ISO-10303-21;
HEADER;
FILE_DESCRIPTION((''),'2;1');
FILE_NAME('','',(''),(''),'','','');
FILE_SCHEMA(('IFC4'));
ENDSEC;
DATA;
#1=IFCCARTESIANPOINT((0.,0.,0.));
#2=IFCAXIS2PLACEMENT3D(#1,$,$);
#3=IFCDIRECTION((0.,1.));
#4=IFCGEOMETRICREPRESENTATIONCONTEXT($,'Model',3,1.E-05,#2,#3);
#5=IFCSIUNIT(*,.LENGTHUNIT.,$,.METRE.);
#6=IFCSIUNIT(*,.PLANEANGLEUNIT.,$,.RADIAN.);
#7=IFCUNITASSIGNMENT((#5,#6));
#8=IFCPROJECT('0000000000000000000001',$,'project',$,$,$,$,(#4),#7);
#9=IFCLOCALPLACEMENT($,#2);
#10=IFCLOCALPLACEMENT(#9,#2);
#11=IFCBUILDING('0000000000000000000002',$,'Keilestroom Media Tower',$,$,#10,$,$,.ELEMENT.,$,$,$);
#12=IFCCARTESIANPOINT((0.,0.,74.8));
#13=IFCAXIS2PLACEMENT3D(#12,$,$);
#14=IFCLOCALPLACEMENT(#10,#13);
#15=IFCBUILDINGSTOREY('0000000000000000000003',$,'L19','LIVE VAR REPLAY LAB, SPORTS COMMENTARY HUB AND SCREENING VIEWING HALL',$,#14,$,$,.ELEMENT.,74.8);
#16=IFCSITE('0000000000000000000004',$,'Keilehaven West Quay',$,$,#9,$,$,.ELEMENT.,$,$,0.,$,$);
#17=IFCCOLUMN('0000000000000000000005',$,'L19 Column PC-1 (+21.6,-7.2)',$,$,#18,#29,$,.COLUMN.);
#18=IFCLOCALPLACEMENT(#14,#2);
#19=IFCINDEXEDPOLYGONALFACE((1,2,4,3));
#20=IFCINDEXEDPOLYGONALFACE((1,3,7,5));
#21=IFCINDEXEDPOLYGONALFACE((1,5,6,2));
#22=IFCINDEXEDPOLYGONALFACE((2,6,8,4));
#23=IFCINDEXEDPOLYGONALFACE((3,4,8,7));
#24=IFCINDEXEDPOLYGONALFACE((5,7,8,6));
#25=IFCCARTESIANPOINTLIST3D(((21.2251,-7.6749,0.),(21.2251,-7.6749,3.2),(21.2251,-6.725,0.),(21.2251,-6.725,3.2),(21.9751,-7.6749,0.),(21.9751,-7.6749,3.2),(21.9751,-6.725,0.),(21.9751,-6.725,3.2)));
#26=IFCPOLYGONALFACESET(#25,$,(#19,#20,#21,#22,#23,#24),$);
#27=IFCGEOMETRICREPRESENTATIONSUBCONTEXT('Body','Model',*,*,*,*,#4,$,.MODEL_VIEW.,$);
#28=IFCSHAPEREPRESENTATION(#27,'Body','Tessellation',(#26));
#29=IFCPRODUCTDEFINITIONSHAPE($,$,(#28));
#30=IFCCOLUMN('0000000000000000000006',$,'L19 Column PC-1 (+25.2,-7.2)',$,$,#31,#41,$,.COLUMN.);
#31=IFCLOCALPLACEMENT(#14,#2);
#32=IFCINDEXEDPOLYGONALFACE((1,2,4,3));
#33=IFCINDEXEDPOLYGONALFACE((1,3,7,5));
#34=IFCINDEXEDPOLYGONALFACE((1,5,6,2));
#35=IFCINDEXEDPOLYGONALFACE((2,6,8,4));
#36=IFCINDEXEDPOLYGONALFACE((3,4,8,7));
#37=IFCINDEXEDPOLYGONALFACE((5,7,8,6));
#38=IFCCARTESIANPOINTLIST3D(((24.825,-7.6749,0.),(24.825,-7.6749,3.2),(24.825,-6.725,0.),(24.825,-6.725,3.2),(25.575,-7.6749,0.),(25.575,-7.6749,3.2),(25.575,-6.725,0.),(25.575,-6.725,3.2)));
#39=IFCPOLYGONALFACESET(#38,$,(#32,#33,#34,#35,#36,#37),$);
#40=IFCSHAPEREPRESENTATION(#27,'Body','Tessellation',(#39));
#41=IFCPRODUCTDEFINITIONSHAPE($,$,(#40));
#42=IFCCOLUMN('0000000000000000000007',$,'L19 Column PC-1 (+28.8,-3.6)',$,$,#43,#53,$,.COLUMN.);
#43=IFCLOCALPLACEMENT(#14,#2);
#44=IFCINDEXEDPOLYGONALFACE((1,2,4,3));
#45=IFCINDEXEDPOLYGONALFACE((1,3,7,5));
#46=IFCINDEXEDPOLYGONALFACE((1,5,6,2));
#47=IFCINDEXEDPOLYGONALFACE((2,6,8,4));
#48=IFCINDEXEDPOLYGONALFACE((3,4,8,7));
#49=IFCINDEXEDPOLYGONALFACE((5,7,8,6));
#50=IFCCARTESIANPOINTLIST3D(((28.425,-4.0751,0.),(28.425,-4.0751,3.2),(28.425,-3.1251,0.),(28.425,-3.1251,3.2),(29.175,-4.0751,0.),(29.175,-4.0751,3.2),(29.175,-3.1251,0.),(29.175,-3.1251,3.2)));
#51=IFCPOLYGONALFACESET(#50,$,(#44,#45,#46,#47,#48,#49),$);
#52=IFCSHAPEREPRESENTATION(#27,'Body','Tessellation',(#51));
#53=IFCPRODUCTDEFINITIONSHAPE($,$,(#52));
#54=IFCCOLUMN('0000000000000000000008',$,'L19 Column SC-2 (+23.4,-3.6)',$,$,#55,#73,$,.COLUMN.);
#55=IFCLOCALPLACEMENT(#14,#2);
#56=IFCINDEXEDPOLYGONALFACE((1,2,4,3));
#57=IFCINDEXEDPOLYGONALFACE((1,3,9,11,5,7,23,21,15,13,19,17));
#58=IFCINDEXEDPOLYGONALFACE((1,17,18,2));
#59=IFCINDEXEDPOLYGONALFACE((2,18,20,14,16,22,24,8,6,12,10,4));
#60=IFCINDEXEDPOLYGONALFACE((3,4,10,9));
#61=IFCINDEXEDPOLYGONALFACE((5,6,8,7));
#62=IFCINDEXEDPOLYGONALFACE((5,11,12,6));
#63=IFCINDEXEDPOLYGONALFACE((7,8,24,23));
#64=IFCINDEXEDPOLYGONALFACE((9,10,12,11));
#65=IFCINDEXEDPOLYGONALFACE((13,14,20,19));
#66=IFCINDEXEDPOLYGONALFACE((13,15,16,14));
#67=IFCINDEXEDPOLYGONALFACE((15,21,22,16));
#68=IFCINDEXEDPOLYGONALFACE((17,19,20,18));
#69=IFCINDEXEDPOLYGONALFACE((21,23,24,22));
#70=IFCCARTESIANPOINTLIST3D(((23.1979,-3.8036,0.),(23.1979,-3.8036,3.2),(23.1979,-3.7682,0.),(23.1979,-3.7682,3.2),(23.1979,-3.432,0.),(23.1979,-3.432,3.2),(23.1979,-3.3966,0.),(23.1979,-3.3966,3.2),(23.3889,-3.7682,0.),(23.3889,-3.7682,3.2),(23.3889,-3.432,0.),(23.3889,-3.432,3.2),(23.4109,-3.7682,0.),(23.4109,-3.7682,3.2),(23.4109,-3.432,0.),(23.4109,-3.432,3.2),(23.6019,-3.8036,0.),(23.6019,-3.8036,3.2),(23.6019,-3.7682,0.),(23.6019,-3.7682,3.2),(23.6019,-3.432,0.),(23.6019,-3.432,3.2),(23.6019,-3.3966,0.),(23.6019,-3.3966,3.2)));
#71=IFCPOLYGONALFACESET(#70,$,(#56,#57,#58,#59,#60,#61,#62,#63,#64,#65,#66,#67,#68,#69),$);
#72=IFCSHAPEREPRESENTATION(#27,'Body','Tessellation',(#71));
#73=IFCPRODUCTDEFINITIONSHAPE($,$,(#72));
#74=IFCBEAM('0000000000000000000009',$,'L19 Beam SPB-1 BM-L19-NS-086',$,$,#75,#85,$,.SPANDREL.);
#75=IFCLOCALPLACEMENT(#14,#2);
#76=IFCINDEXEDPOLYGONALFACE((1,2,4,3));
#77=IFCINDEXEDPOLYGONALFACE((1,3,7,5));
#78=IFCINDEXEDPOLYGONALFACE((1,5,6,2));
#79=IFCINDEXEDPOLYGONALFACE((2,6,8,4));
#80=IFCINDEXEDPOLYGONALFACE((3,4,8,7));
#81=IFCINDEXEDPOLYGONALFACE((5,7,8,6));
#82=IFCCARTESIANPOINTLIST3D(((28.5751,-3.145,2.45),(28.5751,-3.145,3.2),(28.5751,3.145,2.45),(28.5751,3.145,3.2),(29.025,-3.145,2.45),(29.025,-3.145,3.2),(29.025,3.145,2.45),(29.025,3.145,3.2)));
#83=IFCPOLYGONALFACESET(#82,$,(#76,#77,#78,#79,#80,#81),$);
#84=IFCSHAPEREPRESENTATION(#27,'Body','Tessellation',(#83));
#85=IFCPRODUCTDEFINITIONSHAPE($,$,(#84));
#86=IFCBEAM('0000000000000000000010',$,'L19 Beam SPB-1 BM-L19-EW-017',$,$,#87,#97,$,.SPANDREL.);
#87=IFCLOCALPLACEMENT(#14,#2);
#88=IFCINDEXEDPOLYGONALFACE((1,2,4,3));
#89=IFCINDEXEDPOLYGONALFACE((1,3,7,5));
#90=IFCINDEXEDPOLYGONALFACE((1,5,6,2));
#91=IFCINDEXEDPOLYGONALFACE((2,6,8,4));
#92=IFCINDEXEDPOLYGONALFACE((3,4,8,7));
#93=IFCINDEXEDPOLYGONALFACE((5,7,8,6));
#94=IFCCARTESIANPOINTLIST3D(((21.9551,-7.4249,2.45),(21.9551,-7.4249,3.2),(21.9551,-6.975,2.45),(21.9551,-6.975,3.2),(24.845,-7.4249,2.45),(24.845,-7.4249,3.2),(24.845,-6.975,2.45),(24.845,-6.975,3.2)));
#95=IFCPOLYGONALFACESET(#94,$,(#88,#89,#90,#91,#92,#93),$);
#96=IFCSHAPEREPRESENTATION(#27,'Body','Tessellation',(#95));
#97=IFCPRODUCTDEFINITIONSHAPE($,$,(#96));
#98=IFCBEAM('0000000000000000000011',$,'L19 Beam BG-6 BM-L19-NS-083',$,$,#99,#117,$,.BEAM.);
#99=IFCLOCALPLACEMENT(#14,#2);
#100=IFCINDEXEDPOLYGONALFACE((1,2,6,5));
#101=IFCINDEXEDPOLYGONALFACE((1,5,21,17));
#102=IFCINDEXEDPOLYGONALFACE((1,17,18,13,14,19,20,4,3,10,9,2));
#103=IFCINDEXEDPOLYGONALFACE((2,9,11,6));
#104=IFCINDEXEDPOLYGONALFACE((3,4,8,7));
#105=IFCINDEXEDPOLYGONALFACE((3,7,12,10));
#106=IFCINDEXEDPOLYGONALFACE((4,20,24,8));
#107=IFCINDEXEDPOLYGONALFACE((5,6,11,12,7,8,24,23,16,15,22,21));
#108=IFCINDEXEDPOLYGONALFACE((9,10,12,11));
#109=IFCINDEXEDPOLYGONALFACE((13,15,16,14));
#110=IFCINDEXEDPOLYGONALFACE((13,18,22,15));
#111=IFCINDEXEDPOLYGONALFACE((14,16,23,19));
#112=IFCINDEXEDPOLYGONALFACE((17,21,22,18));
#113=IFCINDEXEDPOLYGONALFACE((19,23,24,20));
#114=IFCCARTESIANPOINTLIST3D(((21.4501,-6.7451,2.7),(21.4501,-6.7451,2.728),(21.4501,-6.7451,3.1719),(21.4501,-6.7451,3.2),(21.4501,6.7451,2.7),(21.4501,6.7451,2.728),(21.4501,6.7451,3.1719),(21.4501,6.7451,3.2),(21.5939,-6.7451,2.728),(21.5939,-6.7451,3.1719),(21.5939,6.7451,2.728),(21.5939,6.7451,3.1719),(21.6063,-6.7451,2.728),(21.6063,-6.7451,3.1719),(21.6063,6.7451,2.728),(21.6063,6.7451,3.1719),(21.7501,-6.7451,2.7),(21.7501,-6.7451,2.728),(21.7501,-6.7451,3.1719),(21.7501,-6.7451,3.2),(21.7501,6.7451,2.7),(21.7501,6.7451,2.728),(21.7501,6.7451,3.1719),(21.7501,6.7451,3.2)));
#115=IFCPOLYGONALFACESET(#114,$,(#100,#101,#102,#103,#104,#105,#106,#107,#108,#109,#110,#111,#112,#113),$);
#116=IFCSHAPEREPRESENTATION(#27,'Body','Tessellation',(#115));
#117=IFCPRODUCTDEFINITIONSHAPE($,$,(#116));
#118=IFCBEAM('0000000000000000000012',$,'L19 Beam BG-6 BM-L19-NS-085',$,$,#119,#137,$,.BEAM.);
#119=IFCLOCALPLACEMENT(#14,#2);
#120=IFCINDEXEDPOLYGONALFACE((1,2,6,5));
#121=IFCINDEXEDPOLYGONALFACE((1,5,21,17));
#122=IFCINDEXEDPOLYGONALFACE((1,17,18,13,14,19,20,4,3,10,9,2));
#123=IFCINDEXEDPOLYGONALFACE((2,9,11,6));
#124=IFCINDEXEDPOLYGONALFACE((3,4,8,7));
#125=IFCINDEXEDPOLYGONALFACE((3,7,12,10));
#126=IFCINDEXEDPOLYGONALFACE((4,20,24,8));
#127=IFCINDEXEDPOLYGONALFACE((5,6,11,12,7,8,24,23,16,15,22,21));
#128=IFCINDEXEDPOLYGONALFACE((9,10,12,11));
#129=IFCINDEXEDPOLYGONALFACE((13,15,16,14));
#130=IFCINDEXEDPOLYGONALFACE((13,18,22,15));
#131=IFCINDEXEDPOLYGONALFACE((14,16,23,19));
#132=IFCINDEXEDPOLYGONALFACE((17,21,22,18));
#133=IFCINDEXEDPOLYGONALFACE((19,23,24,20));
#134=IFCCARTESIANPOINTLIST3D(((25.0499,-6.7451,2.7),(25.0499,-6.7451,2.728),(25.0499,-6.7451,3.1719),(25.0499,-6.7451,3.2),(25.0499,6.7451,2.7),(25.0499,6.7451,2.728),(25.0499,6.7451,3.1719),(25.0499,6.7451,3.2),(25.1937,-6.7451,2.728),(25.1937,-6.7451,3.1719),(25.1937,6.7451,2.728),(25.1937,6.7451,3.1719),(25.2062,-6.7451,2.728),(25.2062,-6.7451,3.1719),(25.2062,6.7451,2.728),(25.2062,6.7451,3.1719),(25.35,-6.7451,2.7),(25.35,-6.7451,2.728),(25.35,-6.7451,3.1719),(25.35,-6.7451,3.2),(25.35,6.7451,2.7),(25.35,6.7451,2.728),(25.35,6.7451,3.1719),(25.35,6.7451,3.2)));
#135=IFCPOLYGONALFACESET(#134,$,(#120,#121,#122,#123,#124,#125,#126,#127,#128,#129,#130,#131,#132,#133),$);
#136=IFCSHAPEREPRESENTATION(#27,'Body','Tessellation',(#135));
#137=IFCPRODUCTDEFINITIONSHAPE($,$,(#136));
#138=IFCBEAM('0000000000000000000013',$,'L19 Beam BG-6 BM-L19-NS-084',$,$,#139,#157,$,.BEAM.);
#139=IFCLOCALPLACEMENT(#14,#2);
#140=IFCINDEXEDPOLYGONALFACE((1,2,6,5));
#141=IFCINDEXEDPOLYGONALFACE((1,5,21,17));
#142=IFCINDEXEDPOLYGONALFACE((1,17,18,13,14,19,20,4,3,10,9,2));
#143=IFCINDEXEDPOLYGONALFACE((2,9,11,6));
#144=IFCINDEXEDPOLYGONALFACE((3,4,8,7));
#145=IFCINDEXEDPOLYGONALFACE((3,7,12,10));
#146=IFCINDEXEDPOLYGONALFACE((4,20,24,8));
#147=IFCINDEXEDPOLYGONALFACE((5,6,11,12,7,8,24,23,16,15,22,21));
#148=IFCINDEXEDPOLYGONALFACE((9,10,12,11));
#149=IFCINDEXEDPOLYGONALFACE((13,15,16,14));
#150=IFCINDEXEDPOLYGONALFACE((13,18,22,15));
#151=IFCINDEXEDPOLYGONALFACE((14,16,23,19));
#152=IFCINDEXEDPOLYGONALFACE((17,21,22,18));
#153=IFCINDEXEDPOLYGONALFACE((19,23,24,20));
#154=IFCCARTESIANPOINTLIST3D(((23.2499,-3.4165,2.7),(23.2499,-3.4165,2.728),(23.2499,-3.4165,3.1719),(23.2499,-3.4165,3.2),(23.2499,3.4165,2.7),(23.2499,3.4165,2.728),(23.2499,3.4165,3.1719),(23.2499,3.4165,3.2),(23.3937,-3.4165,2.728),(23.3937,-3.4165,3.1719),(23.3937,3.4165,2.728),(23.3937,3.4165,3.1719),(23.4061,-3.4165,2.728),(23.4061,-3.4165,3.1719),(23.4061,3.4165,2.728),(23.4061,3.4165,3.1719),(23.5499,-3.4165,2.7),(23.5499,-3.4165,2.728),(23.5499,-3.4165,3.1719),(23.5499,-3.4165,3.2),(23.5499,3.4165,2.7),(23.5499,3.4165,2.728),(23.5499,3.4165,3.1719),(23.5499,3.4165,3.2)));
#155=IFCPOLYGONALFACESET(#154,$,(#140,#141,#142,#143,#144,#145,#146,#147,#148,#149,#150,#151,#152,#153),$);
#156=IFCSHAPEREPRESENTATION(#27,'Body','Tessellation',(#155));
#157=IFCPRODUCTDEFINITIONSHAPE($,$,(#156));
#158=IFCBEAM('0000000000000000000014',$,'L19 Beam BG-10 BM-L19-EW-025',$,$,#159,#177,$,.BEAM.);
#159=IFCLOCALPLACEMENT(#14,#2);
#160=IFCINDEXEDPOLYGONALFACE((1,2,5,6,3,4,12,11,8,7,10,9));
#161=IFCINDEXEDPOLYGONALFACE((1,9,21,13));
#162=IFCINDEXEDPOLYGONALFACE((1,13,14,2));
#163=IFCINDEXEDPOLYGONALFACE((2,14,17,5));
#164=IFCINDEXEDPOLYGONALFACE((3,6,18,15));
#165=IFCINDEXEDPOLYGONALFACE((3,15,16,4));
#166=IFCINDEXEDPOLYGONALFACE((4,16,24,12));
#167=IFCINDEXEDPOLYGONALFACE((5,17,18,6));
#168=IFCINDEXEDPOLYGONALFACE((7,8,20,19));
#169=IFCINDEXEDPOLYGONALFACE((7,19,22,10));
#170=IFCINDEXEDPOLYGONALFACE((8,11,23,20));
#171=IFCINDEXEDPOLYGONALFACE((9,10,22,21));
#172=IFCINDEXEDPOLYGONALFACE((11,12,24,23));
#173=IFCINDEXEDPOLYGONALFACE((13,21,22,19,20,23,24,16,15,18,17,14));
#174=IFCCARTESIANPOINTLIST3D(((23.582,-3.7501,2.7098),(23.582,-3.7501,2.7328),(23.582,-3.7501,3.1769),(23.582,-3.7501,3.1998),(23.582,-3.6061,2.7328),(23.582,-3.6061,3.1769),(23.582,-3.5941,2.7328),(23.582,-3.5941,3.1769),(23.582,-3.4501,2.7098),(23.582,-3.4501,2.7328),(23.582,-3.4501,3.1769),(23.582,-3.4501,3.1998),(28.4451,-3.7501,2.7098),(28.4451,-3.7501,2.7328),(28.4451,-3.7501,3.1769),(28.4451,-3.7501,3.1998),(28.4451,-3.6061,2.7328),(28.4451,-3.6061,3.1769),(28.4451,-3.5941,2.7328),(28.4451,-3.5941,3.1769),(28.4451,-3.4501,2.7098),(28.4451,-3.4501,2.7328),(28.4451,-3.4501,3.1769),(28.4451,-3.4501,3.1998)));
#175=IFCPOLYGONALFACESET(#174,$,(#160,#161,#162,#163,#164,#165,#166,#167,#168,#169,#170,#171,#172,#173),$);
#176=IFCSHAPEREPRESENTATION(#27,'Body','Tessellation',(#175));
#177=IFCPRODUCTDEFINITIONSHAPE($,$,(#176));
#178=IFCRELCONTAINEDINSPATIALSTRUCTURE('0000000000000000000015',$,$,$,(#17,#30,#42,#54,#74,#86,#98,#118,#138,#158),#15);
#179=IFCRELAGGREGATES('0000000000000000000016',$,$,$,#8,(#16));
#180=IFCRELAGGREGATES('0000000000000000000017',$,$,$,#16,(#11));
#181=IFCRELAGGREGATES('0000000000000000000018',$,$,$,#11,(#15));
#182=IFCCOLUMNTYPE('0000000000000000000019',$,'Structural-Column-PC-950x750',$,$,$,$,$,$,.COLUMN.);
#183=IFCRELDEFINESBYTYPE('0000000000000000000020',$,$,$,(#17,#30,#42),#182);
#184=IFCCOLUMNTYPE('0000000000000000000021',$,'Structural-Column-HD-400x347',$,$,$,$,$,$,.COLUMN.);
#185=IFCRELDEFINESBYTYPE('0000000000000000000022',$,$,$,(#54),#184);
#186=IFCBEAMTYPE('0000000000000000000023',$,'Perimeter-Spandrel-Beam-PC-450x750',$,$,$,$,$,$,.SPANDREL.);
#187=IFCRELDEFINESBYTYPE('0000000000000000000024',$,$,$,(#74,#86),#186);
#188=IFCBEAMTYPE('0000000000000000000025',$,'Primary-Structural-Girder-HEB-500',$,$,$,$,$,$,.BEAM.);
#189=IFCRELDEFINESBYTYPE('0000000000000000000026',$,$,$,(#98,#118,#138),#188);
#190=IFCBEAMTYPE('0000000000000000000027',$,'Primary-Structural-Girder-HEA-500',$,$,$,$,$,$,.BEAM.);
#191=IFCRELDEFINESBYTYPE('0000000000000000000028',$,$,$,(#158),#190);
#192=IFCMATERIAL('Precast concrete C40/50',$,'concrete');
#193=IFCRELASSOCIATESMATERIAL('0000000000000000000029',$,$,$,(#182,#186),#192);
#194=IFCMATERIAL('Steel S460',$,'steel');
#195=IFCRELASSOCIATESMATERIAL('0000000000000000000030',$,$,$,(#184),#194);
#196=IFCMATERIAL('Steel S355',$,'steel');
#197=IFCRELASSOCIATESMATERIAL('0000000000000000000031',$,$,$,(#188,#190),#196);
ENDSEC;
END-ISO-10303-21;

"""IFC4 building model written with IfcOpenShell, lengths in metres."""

from ifc_helpers import new_model, si_unit, direction, frame, origin, origin_2d, place, context, subcontext, project, spatial, rectangle, i_section, extrude, source, transform, mapped, material, material_profile, profile_set, type_object, element, save


model = new_model("IFC4")

# Units and contexts
model_context = context("Model", 3, precision=1e-05, world=origin(), true_north=direction((0.0, 1.0)))
body_context = subcontext(model_context, "Body", "Model", "MODEL_VIEW")
ifc_project = project(units=[si_unit("LENGTHUNIT", "METRE"), si_unit("PLANEANGLEUNIT", "RADIAN")], contexts=[model_context])

# Site, building, storey
site_placement = place(None, origin())
site = spatial("IfcSite", under=ifc_project, at=site_placement, Name="Keilehaven West Quay", CompositionType="ELEMENT", RefElevation=0.0)
building_placement = place(site_placement, origin())
building = spatial("IfcBuilding", under=site, at=building_placement, Name="Keilestroom Media Tower", CompositionType="ELEMENT")
storey_placement = place(building_placement, frame((0.0, 0.0, 74.8)))
storey = spatial("IfcBuildingStorey", under=building, at=storey_placement, Name="L19", Description="LIVE VAR REPLAY LAB, SPORTS COMMENTARY HUB AND SCREENING VIEWING HALL", CompositionType="ELEMENT", Elevation=74.8)

# Columns
ifc_material_1 = material(Name="Precast concrete C40/50", Category="concrete")
ifc_material_profile_1 = material_profile(ifc_material_1, rectangle(XDim=0.75, YDim=0.95, at=origin_2d()), Name="PC 950x750")
ifc_profile_set_1 = profile_set([ifc_material_profile_1], Name="Precast concrete C40/50")
column_type_1 = type_object("IfcColumnType", Name="Structural-Column-PC-950x750", PredefinedType="COLUMN", material=ifc_profile_set_1)
shared_shape_1 = source(origin(), body_context, "Body", "SweptSolid", [
    extrude(rectangle(XDim=0.75, YDim=0.95, at=origin_2d()), origin(), (0.0, 0.0, 1.0), 3.2),
])
for number, where, z_axis, x_axis, name in (
    (1, (21.6001, -7.2, 0.0), (0.0, 0.0, 1.0), (1.0, 0.0, 0.0), "L19 Column PC-1 (+21.6,-7.2)"),
    (2, (25.2, -7.2, 0.0), (0.0, 0.0, 1.0), (1.0, 0.0, 0.0), "L19 Column PC-1 (+25.2,-7.2)"),
    (3, (28.8, -3.6001, 0.0), (0.0, 0.0, 1.0), (1.0, 0.0, 0.0), "L19 Column PC-1 (+28.8,-3.6)"),
):
    element("IfcColumn", number, at=place(storey_placement, frame(where, z_axis=z_axis, x_axis=x_axis)), inside=storey, type_object=column_type_1, Name=name, PredefinedType="COLUMN", context=body_context, shape_type="MappedRepresentation", body=[
        mapped(shared_shape_1, transform((0.0, 0.0, 0.0), x_axis=(1.0, 0.0, 0.0), y_axis=(0.0, 1.0, 0.0), z_axis=(0.0, 0.0, 1.0), scale=1.0)),
    ])
ifc_material_2 = material(Name="Steel S460", Category="steel")
ifc_material_profile_2 = material_profile(ifc_material_2, i_section(OverallWidth=0.4041, OverallDepth=0.407, WebThickness=0.022, FlangeThickness=0.0354, at=origin_2d()), Name="HD 400x347")
ifc_profile_set_2 = profile_set([ifc_material_profile_2], Name="Steel S460")
column_type_2 = type_object("IfcColumnType", Name="Structural-Column-HD-400x347", PredefinedType="COLUMN", material=ifc_profile_set_2)
shared_shape_2 = source(origin(), body_context, "Body", "SweptSolid", [
    extrude(i_section(OverallWidth=0.4041, OverallDepth=0.407, WebThickness=0.022, FlangeThickness=0.0354, at=origin_2d()), origin(), (0.0, 0.0, 1.0), 3.2),
])
column_placement = place(storey_placement, frame((23.3999, -3.6001, 0.0), z_axis=(0.0, 0.0, 1.0), x_axis=(1.0, 0.0, 0.0)))
element("IfcColumn", 4, at=column_placement, inside=storey, type_object=column_type_2, Name="L19 Column SC-2 (+23.4,-3.6)", PredefinedType="COLUMN", context=body_context, shape_type="MappedRepresentation", body=[
    mapped(shared_shape_2, transform((0.0, 0.0, 0.0), x_axis=(1.0, 0.0, 0.0), y_axis=(0.0, 1.0, 0.0), z_axis=(0.0, 0.0, 1.0), scale=1.0)),
])

# Beams
ifc_material_profile_3 = material_profile(ifc_material_1, rectangle(XDim=0.45, YDim=0.75, at=origin_2d()), Name="PC 450x750")
ifc_profile_set_3 = profile_set([ifc_material_profile_3], Name="Precast concrete C40/50")
beam_type_1 = type_object("IfcBeamType", Name="Perimeter-Spandrel-Beam-PC-450x750", PredefinedType="SPANDREL", material=ifc_profile_set_3)
shared_shape_3 = source(origin(), body_context, "Body", "SweptSolid", [
    extrude(rectangle(XDim=0.45, YDim=0.75, at=origin_2d()), origin(), (0.0, 0.0, 1.0), 6.29),
])
beam_1_placement = place(storey_placement, frame((28.8, -3.145, 2.825), z_axis=(0.0, 1.0, 0.0), x_axis=(-1.0, 0.0, 0.0)))
element("IfcBeam", 5, at=beam_1_placement, inside=storey, type_object=beam_type_1, Name="L19 Beam SPB-1 BM-L19-NS-086", PredefinedType="SPANDREL", context=body_context, shape_type="MappedRepresentation", body=[
    mapped(shared_shape_3, transform((0.0, 0.0, 0.0), x_axis=(1.0, 0.0, 0.0), y_axis=(0.0, 1.0, 0.0), z_axis=(0.0, 0.0, 1.0), scale=1.0)),
])
shared_shape_4 = source(origin(), body_context, "Body", "SweptSolid", [
    extrude(rectangle(XDim=0.45, YDim=0.75, at=origin_2d()), origin(), (0.0, 0.0, 1.0), 2.8899),
])
beam_2_placement = place(storey_placement, frame((21.9551, -7.2, 2.825), z_axis=(1.0, 0.0, 0.0), x_axis=(0.0, 1.0, 0.0)))
element("IfcBeam", 6, at=beam_2_placement, inside=storey, type_object=beam_type_1, Name="L19 Beam SPB-1 BM-L19-EW-017", PredefinedType="SPANDREL", context=body_context, shape_type="MappedRepresentation", body=[
    mapped(shared_shape_4, transform((0.0, 0.0, 0.0), x_axis=(1.0, 0.0, 0.0), y_axis=(0.0, 1.0, 0.0), z_axis=(0.0, 0.0, 1.0), scale=1.0)),
])
ifc_material_3 = material(Name="Steel S355", Category="steel")
ifc_material_profile_4 = material_profile(ifc_material_3, i_section(OverallWidth=0.3, OverallDepth=0.5, WebThickness=0.0125, FlangeThickness=0.0281, at=origin_2d()), Name="HEB 500")
ifc_profile_set_4 = profile_set([ifc_material_profile_4], Name="Steel S355")
beam_type_2 = type_object("IfcBeamType", Name="Primary-Structural-Girder-HEB-500", PredefinedType="BEAM", material=ifc_profile_set_4)
shared_shape_5 = source(origin(), body_context, "Body", "SweptSolid", [
    extrude(i_section(OverallWidth=0.3, OverallDepth=0.5, WebThickness=0.0125, FlangeThickness=0.0281, at=origin_2d()), origin(), (0.0, 0.0, 1.0), 13.4902),
])
for number, where, z_axis, x_axis, name in (
    (7, (21.6001, -6.7451, 2.95), (0.0, 1.0, 0.0), (-1.0, 0.0, 0.0), "L19 Beam BG-6 BM-L19-NS-083"),
    (8, (25.2, -6.7451, 2.95), (0.0, 1.0, 0.0), (-1.0, 0.0, 0.0), "L19 Beam BG-6 BM-L19-NS-085"),
):
    element("IfcBeam", number, at=place(storey_placement, frame(where, z_axis=z_axis, x_axis=x_axis)), inside=storey, type_object=beam_type_2, Name=name, PredefinedType="BEAM", context=body_context, shape_type="MappedRepresentation", body=[
        mapped(shared_shape_5, transform((0.0, 0.0, 0.0), x_axis=(1.0, 0.0, 0.0), y_axis=(0.0, 1.0, 0.0), z_axis=(0.0, 0.0, 1.0), scale=1.0)),
    ])
shared_shape_6 = source(origin(), body_context, "Body", "SweptSolid", [
    extrude(i_section(OverallWidth=0.3, OverallDepth=0.5, WebThickness=0.0125, FlangeThickness=0.0281, at=origin_2d()), origin(), (0.0, 0.0, 1.0), 6.833),
])
beam_3_placement = place(storey_placement, frame((23.3999, -3.4165, 2.95), z_axis=(0.0, 1.0, 0.0), x_axis=(-1.0, 0.0, 0.0)))
element("IfcBeam", 9, at=beam_3_placement, inside=storey, type_object=beam_type_2, Name="L19 Beam BG-6 BM-L19-NS-084", PredefinedType="BEAM", context=body_context, shape_type="MappedRepresentation", body=[
    mapped(shared_shape_6, transform((0.0, 0.0, 0.0), x_axis=(1.0, 0.0, 0.0), y_axis=(0.0, 1.0, 0.0), z_axis=(0.0, 0.0, 1.0), scale=1.0)),
])
ifc_material_profile_5 = material_profile(ifc_material_3, i_section(OverallWidth=0.3, OverallDepth=0.49, WebThickness=0.012, FlangeThickness=0.0229, at=origin_2d()), Name="HEA 500")
ifc_profile_set_5 = profile_set([ifc_material_profile_5], Name="Steel S355")
beam_type_3 = type_object("IfcBeamType", Name="Primary-Structural-Girder-HEA-500", PredefinedType="BEAM", material=ifc_profile_set_5)
shared_shape_7 = source(origin(), body_context, "Body", "SweptSolid", [
    extrude(i_section(OverallWidth=0.3, OverallDepth=0.49, WebThickness=0.012, FlangeThickness=0.0229, at=origin_2d()), origin(), (0.0, 0.0, 1.0), 4.863),
])
beam_4_placement = place(storey_placement, frame((23.582, -3.6001, 2.9548), z_axis=(1.0, 0.0, 0.0), x_axis=(0.0, 1.0, 0.0)))
element("IfcBeam", 10, at=beam_4_placement, inside=storey, type_object=beam_type_3, Name="L19 Beam BG-10 BM-L19-EW-025", PredefinedType="BEAM", context=body_context, shape_type="MappedRepresentation", body=[
    mapped(shared_shape_7, transform((0.0, 0.0, 0.0), x_axis=(1.0, 0.0, 0.0), y_axis=(0.0, 1.0, 0.0), z_axis=(0.0, 0.0, 1.0), scale=1.0)),
])

save(model, "model.ifc")
